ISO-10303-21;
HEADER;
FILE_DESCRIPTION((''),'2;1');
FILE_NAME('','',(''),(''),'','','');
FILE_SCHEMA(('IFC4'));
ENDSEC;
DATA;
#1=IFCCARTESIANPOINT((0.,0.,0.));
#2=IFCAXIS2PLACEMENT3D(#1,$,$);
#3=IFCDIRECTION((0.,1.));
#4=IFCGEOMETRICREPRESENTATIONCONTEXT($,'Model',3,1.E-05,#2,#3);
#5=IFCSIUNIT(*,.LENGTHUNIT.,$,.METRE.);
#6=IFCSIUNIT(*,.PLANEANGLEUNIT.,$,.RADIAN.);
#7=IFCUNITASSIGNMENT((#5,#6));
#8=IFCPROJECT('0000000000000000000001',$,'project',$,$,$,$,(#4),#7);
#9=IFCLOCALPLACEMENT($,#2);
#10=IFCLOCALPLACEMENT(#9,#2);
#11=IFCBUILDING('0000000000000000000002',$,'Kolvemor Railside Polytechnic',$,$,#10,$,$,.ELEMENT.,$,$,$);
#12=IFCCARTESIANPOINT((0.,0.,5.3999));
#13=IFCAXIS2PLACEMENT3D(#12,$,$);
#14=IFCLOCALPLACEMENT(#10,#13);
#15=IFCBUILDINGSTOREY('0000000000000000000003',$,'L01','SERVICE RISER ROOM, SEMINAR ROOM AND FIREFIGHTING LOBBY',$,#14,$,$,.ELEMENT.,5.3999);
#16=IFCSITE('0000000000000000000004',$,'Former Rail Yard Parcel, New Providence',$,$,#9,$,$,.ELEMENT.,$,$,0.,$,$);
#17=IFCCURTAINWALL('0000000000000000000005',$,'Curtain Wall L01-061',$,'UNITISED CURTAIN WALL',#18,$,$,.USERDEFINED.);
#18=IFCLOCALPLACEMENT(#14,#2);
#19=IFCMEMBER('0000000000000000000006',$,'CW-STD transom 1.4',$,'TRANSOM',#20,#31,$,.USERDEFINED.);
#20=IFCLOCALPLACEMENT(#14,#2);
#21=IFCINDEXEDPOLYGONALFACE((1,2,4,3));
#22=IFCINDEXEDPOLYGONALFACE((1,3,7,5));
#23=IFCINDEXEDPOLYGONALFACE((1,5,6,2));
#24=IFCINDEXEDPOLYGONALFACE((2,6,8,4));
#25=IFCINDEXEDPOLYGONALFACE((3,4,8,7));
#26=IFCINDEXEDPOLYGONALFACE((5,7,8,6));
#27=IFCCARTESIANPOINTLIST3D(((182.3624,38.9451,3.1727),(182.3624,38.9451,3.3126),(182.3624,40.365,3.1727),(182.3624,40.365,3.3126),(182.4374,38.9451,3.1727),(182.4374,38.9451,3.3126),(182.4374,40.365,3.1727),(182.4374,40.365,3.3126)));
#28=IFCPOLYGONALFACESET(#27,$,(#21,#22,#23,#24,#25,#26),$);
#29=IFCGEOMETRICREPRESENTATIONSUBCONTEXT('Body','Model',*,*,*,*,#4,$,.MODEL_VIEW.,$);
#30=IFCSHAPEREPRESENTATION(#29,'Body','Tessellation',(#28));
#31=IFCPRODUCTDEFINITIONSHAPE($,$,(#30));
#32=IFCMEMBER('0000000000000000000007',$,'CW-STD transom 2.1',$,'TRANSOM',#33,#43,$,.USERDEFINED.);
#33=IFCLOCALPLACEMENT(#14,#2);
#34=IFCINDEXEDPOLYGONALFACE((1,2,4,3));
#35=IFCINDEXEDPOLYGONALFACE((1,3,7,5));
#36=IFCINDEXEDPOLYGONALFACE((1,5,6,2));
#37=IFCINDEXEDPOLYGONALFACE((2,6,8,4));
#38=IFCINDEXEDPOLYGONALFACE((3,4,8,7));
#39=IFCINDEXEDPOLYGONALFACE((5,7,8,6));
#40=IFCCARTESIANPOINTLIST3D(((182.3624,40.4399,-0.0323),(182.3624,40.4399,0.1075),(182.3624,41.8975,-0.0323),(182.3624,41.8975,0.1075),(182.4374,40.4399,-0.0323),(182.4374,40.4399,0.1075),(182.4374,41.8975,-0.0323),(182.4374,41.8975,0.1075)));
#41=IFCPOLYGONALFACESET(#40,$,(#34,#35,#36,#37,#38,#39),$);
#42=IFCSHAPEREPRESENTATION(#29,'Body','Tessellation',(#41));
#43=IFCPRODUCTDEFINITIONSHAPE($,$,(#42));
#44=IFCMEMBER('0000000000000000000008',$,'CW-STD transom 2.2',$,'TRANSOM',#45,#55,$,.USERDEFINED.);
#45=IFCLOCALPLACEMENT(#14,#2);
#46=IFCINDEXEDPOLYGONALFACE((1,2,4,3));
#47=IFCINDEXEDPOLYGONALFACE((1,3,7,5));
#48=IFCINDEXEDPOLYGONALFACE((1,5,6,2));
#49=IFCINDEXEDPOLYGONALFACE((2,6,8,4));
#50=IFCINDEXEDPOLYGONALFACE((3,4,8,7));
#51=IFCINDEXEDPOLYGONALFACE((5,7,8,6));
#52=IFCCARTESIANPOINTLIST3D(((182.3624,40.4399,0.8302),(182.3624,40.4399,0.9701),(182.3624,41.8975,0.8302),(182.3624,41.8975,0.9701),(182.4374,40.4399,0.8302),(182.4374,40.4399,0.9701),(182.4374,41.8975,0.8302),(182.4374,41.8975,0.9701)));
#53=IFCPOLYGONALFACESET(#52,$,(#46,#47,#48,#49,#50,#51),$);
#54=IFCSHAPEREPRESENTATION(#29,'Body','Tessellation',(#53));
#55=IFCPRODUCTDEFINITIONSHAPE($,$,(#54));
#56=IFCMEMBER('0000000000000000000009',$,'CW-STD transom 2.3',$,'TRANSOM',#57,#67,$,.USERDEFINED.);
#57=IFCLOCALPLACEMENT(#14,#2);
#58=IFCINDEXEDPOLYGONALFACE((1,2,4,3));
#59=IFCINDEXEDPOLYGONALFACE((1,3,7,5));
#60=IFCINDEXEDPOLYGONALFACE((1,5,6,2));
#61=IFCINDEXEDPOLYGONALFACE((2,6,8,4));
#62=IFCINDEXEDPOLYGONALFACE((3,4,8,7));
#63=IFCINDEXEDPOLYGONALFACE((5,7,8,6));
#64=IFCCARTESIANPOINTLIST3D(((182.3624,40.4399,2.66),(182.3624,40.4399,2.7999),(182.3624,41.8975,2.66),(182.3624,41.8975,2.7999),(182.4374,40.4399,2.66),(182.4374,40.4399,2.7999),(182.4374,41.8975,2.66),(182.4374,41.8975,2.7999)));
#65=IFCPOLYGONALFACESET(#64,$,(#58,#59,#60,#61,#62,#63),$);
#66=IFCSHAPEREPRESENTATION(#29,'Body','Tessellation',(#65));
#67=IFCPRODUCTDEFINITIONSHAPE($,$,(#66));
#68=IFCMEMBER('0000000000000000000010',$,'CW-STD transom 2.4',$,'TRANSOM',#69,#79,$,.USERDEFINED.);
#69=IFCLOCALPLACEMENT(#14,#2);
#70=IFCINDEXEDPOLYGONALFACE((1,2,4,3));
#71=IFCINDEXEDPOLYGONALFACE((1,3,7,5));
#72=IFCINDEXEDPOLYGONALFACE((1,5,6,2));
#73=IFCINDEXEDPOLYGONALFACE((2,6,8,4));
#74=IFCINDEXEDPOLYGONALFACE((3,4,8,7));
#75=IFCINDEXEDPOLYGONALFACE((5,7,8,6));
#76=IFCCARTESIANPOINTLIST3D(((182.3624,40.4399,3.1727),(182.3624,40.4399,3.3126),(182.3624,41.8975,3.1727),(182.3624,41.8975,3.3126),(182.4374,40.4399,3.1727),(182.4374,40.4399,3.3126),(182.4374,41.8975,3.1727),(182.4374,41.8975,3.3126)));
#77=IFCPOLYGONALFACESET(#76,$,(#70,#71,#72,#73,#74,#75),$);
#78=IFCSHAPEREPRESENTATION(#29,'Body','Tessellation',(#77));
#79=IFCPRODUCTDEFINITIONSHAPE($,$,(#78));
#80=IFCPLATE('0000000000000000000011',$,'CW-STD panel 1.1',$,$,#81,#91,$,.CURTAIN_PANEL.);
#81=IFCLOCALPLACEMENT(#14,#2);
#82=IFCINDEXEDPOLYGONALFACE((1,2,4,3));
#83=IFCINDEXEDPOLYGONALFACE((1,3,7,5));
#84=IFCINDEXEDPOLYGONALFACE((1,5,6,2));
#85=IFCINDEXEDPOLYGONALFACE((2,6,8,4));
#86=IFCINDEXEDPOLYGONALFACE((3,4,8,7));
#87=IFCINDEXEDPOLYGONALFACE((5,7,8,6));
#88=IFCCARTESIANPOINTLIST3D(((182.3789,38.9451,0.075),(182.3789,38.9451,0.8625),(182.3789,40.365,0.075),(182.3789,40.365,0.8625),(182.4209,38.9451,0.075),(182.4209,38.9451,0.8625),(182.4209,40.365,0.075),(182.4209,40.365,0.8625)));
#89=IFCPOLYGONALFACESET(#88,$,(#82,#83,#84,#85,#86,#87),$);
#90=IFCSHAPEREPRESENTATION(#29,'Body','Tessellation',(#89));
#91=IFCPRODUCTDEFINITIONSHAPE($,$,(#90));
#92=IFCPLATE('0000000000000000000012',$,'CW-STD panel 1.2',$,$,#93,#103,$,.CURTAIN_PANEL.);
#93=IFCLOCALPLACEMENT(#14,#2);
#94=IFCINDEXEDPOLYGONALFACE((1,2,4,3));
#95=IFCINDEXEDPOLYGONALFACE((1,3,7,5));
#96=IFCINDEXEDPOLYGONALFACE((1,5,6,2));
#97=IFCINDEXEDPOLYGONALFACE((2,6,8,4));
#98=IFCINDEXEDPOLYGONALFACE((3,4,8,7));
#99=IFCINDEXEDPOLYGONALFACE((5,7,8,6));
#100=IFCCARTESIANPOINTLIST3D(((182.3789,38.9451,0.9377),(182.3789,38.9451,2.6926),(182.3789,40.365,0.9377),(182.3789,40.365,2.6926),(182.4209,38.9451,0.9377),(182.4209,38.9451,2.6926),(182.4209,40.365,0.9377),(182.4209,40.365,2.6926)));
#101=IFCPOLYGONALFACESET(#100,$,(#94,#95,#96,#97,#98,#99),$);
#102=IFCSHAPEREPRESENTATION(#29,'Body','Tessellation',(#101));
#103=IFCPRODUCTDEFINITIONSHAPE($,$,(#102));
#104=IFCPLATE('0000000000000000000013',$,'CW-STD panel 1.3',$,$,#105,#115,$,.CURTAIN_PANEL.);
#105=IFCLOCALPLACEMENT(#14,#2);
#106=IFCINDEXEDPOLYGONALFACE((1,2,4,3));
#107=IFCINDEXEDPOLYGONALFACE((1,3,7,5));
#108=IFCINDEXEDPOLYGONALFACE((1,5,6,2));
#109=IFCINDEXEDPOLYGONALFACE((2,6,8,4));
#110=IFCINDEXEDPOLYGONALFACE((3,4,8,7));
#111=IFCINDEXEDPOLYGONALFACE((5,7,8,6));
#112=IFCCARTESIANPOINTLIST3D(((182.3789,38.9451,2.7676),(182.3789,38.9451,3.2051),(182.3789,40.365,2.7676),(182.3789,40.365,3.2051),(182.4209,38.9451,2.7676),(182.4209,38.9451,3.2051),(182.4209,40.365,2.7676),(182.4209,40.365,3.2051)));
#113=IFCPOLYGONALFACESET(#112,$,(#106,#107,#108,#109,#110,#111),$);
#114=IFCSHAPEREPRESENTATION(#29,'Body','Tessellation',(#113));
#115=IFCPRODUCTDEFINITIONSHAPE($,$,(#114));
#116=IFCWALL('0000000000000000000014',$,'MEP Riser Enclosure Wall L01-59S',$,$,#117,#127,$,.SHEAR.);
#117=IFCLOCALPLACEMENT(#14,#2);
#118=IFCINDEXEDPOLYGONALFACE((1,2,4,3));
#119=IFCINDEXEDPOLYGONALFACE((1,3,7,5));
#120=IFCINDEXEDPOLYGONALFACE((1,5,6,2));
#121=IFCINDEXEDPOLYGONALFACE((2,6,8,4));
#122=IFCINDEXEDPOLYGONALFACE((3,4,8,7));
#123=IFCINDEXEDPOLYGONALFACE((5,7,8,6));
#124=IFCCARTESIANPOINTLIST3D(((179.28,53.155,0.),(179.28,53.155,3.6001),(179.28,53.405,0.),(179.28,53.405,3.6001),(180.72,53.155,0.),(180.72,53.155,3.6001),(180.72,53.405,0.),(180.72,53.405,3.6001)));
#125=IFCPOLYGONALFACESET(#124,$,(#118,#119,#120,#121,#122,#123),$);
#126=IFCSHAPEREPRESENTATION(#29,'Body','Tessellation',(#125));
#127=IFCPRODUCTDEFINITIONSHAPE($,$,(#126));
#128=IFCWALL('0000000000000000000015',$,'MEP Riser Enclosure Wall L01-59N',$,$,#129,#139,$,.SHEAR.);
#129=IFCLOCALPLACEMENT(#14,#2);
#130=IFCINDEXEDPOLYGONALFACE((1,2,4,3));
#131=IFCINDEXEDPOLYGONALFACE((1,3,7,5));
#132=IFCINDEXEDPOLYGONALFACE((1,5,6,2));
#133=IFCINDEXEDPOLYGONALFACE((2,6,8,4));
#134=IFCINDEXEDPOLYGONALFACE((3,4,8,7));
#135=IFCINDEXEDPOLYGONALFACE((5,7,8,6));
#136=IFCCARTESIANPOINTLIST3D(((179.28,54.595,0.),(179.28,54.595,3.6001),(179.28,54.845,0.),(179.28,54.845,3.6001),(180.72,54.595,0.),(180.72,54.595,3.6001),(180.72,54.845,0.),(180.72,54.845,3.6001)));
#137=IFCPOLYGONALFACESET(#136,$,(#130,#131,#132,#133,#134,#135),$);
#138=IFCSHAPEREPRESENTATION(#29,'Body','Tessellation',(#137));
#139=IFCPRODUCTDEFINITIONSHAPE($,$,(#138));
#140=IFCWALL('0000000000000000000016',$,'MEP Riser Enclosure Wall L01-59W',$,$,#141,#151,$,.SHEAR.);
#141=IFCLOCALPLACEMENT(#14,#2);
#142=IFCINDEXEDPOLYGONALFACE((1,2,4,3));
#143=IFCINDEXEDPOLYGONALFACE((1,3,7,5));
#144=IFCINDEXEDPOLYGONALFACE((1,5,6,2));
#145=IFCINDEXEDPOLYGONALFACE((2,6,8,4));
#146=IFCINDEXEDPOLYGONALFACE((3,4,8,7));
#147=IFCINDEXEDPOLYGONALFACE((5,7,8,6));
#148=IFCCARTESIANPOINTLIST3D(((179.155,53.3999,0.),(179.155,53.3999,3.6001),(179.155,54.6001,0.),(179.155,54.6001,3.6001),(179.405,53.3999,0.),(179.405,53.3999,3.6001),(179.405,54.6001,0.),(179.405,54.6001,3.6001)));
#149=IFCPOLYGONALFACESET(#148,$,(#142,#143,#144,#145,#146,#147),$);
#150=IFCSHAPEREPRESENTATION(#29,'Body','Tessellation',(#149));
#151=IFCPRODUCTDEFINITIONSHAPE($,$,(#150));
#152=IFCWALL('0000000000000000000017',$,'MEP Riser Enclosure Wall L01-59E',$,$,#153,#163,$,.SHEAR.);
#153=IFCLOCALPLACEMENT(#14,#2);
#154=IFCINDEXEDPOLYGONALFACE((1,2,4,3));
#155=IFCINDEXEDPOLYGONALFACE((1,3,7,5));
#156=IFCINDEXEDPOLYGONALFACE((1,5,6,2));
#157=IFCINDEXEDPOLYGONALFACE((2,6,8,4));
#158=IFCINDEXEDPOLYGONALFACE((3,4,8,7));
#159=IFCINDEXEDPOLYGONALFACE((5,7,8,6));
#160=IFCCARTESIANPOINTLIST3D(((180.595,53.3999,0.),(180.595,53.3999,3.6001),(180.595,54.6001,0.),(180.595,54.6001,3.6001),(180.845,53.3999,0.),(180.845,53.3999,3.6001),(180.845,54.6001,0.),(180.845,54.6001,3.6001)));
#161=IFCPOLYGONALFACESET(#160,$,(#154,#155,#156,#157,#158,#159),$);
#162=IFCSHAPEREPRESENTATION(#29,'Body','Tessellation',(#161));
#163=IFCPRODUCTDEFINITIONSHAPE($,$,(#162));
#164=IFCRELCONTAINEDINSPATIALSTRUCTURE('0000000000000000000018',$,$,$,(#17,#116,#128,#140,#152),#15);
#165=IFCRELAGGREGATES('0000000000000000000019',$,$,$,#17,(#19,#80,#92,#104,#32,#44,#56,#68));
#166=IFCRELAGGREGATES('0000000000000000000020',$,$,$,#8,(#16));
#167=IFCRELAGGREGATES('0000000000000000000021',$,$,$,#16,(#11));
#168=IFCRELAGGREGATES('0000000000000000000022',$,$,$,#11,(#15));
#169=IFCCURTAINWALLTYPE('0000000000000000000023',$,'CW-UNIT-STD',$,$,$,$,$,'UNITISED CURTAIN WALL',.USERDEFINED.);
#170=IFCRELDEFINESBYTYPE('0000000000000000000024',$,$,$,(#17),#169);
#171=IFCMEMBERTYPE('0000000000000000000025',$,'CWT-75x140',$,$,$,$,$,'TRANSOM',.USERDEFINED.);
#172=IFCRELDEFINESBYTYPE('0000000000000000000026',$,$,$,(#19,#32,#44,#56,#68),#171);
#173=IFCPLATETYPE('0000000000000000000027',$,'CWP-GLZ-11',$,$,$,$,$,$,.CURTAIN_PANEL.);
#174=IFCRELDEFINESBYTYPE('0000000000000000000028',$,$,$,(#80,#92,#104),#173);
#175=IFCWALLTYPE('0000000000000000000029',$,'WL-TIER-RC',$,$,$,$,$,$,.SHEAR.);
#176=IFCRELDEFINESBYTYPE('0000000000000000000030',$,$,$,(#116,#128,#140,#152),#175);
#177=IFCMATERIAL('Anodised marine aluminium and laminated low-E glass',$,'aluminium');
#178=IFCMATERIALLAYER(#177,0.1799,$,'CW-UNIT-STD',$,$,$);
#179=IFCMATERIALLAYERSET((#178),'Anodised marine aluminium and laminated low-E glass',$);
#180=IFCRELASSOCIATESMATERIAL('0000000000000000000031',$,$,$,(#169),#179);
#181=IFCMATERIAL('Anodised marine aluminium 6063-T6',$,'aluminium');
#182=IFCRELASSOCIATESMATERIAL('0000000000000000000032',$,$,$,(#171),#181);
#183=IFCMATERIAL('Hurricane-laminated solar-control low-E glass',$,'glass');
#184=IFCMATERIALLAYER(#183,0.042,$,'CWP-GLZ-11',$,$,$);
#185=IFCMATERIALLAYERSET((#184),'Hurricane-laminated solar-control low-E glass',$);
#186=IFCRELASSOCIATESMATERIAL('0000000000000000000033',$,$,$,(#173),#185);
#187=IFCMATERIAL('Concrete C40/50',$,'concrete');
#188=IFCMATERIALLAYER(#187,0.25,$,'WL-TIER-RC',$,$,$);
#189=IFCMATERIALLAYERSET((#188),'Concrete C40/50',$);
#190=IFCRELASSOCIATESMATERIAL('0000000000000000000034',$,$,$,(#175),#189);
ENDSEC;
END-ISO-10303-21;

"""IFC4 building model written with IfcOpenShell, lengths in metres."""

from ifc_helpers import new_model, si_unit, direction, frame, frame_2d, origin, origin_2d, place, context, subcontext, project, spatial, rectangle, extrude, material, layer, layer_set, material_profile, profile_set, type_object, element, aggregate, save


model = new_model("IFC4")

# Units and contexts
model_context = context("Model", 3, precision=1e-05, world=origin(), true_north=direction((0.0, 1.0)))
body_context = subcontext(model_context, "Body", "Model", "MODEL_VIEW")
ifc_project = project(units=[si_unit("LENGTHUNIT", "METRE"), si_unit("PLANEANGLEUNIT", "RADIAN")], contexts=[model_context])

# Site, building, storey
site_placement = place(None, origin())
site = spatial("IfcSite", under=ifc_project, at=site_placement, Name="Former Rail Yard Parcel, New Providence", CompositionType="ELEMENT", RefElevation=0.0)
building_placement = place(site_placement, origin())
building = spatial("IfcBuilding", under=site, at=building_placement, Name="Kolvemor Railside Polytechnic", CompositionType="ELEMENT")
storey_placement = place(building_placement, frame((0.0, 0.0, 5.3999)))
storey = spatial("IfcBuildingStorey", under=building, at=storey_placement, Name="L01", Description="SERVICE RISER ROOM, SEMINAR ROOM AND FIREFIGHTING LOBBY", CompositionType="ELEMENT", Elevation=5.3999)

# Curtain wall, members, plates
ifc_material_1 = material(Name="Anodised marine aluminium and laminated low-E glass", Category="aluminium")
ifc_layer_1 = layer(ifc_material_1, 0.1799, Name="CW-UNIT-STD")
ifc_layer_set_1 = layer_set([ifc_layer_1], Name="Anodised marine aluminium and laminated low-E glass")
curtain_wall_type = type_object("IfcCurtainWallType", Name="CW-UNIT-STD", ElementType="UNITISED CURTAIN WALL", PredefinedType="USERDEFINED", material=ifc_layer_set_1)
curtain_wall_placement = place(storey_placement, origin())
curtain_wall = element("IfcCurtainWall", 1, at=curtain_wall_placement, inside=storey, type_object=curtain_wall_type, Name="Curtain Wall L01-061", ObjectType="UNITISED CURTAIN WALL", PredefinedType="USERDEFINED")
ifc_material_2 = material(Name="Anodised marine aluminium 6063-T6", Category="aluminium")
ifc_material_profile_1 = material_profile(ifc_material_2, rectangle(XDim=0.075, YDim=0.1399, at=origin_2d()), Name="CW-TRN-75x140")
ifc_profile_set_1 = profile_set([ifc_material_profile_1], Name="Anodised marine aluminium 6063-T6")
member_type_1 = type_object("IfcMemberType", Name="CWT-75x140", ElementType="TRANSOM", PredefinedType="USERDEFINED", material=ifc_profile_set_1)
member_1_placement = place(storey_placement, frame((182.3999, 38.9451, 3.2427), z_axis=(0.0, 1.0, 0.0), x_axis=(-1.0, 0.0, 0.0)))
member_1 = element("IfcMember", 2, at=member_1_placement, type_object=member_type_1, Name="CW-STD transom 1.4", ObjectType="TRANSOM", PredefinedType="USERDEFINED", context=body_context, shape_type="SweptSolid", body=[
    extrude(rectangle(XDim=0.075, YDim=0.1399, at=origin_2d()), origin(), (0.0, 0.0, 1.0), 1.4199),
])
member_2_placement = place(storey_placement, frame((182.3999, 40.4399, 0.0376), z_axis=(0.0, 1.0, 0.0), x_axis=(-1.0, 0.0, 0.0)))
member_2 = element("IfcMember", 3, at=member_2_placement, type_object=member_type_1, Name="CW-STD transom 2.1", ObjectType="TRANSOM", PredefinedType="USERDEFINED", context=body_context, shape_type="SweptSolid", body=[
    extrude(rectangle(XDim=0.075, YDim=0.1399, at=origin_2d()), origin(), (0.0, 0.0, 1.0), 1.4575),
])
member_3_placement = place(storey_placement, frame((182.3999, 40.4399, 0.9001), z_axis=(0.0, 1.0, 0.0), x_axis=(-1.0, 0.0, 0.0)))
member_3 = element("IfcMember", 4, at=member_3_placement, type_object=member_type_1, Name="CW-STD transom 2.2", ObjectType="TRANSOM", PredefinedType="USERDEFINED", context=body_context, shape_type="SweptSolid", body=[
    extrude(rectangle(XDim=0.075, YDim=0.1399, at=origin_2d()), origin(), (0.0, 0.0, 1.0), 1.4575),
])
member_4_placement = place(storey_placement, frame((182.3999, 40.4399, 2.73), z_axis=(0.0, 1.0, 0.0), x_axis=(-1.0, 0.0, 0.0)))
member_4 = element("IfcMember", 5, at=member_4_placement, type_object=member_type_1, Name="CW-STD transom 2.3", ObjectType="TRANSOM", PredefinedType="USERDEFINED", context=body_context, shape_type="SweptSolid", body=[
    extrude(rectangle(XDim=0.075, YDim=0.1399, at=origin_2d()), origin(), (0.0, 0.0, 1.0), 1.4575),
])
member_5_placement = place(storey_placement, frame((182.3999, 40.4399, 3.2427), z_axis=(0.0, 1.0, 0.0), x_axis=(-1.0, 0.0, 0.0)))
member_5 = element("IfcMember", 6, at=member_5_placement, type_object=member_type_1, Name="CW-STD transom 2.4", ObjectType="TRANSOM", PredefinedType="USERDEFINED", context=body_context, shape_type="SweptSolid", body=[
    extrude(rectangle(XDim=0.075, YDim=0.1399, at=origin_2d()), origin(), (0.0, 0.0, 1.0), 1.4575),
])
ifc_material_3 = material(Name="Hurricane-laminated solar-control low-E glass", Category="glass")
ifc_layer_2 = layer(ifc_material_3, 0.042, Name="CWP-GLZ-11")
ifc_layer_set_2 = layer_set([ifc_layer_2], Name="Hurricane-laminated solar-control low-E glass")
plate_type = type_object("IfcPlateType", Name="CWP-GLZ-11", PredefinedType="CURTAIN_PANEL", material=ifc_layer_set_2)
plate_1_placement = place(storey_placement, frame((182.3999, 39.655, 0.075), z_axis=(0.0, 0.0, 1.0), x_axis=(0.0, 1.0, 0.0)))
plate_1 = element("IfcPlate", 7, at=plate_1_placement, type_object=plate_type, Name="CW-STD panel 1.1", PredefinedType="CURTAIN_PANEL", context=body_context, shape_type="SweptSolid", body=[
    extrude(rectangle(XDim=1.4199, YDim=0.042, at=origin_2d()), origin(), (0.0, 0.0, 1.0), 0.7876),
])
plate_2_placement = place(storey_placement, frame((182.3999, 39.655, 0.9377), z_axis=(0.0, 0.0, 1.0), x_axis=(0.0, 1.0, 0.0)))
plate_2 = element("IfcPlate", 8, at=plate_2_placement, type_object=plate_type, Name="CW-STD panel 1.2", PredefinedType="CURTAIN_PANEL", context=body_context, shape_type="SweptSolid", body=[
    extrude(rectangle(XDim=1.4199, YDim=0.042, at=origin_2d()), origin(), (0.0, 0.0, 1.0), 1.7549),
])
plate_3_placement = place(storey_placement, frame((182.3999, 39.655, 2.7676), z_axis=(0.0, 0.0, 1.0), x_axis=(0.0, 1.0, 0.0)))
plate_3 = element("IfcPlate", 9, at=plate_3_placement, type_object=plate_type, Name="CW-STD panel 1.3", PredefinedType="CURTAIN_PANEL", context=body_context, shape_type="SweptSolid", body=[
    extrude(rectangle(XDim=1.4199, YDim=0.042, at=origin_2d()), origin(), (0.0, 0.0, 1.0), 0.4375),
])
aggregate(curtain_wall, [member_1, plate_1, plate_2, plate_3, member_2, member_3, member_4, member_5])

# Walls
ifc_material_4 = material(Name="Concrete C40/50", Category="concrete")
ifc_layer_3 = layer(ifc_material_4, 0.25, Name="WL-TIER-RC")
ifc_layer_set_3 = layer_set([ifc_layer_3], Name="Concrete C40/50")
wall_type = type_object("IfcWallType", Name="WL-TIER-RC", PredefinedType="SHEAR", material=ifc_layer_set_3)
for number, where, z_axis, x_axis, name in (
    (10, (179.28, 53.28, 0.0), (0.0, 0.0, 1.0), (1.0, 0.0, 0.0), "MEP Riser Enclosure Wall L01-59S"),
    (11, (179.28, 54.72, 0.0), (0.0, 0.0, 1.0), (1.0, 0.0, 0.0), "MEP Riser Enclosure Wall L01-59N"),
):
    element("IfcWall", number, at=place(storey_placement, frame(where, z_axis=z_axis, x_axis=x_axis)), inside=storey, type_object=wall_type, Name=name, PredefinedType="SHEAR", context=body_context, shape_type="SweptSolid", body=[
        extrude(rectangle(XDim=1.4399, YDim=0.25, at=frame_2d((0.72, 0.0))), origin(), (0.0, 0.0, 1.0), 3.6001),
    ])
for number, where, z_axis, x_axis, name in (
    (12, (179.28, 53.3999, 0.0), (0.0, 0.0, 1.0), (0.0, 1.0, 0.0), "MEP Riser Enclosure Wall L01-59W"),
    (13, (180.72, 53.3999, 0.0), (0.0, 0.0, 1.0), (0.0, 1.0, 0.0), "MEP Riser Enclosure Wall L01-59E"),
):
    element("IfcWall", number, at=place(storey_placement, frame(where, z_axis=z_axis, x_axis=x_axis)), inside=storey, type_object=wall_type, Name=name, PredefinedType="SHEAR", context=body_context, shape_type="SweptSolid", body=[
        extrude(rectangle(XDim=1.2002, YDim=0.25, at=frame_2d((0.6001, 0.0))), origin(), (0.0, 0.0, 1.0), 3.6001),
    ])

save(model, "model.ifc")
